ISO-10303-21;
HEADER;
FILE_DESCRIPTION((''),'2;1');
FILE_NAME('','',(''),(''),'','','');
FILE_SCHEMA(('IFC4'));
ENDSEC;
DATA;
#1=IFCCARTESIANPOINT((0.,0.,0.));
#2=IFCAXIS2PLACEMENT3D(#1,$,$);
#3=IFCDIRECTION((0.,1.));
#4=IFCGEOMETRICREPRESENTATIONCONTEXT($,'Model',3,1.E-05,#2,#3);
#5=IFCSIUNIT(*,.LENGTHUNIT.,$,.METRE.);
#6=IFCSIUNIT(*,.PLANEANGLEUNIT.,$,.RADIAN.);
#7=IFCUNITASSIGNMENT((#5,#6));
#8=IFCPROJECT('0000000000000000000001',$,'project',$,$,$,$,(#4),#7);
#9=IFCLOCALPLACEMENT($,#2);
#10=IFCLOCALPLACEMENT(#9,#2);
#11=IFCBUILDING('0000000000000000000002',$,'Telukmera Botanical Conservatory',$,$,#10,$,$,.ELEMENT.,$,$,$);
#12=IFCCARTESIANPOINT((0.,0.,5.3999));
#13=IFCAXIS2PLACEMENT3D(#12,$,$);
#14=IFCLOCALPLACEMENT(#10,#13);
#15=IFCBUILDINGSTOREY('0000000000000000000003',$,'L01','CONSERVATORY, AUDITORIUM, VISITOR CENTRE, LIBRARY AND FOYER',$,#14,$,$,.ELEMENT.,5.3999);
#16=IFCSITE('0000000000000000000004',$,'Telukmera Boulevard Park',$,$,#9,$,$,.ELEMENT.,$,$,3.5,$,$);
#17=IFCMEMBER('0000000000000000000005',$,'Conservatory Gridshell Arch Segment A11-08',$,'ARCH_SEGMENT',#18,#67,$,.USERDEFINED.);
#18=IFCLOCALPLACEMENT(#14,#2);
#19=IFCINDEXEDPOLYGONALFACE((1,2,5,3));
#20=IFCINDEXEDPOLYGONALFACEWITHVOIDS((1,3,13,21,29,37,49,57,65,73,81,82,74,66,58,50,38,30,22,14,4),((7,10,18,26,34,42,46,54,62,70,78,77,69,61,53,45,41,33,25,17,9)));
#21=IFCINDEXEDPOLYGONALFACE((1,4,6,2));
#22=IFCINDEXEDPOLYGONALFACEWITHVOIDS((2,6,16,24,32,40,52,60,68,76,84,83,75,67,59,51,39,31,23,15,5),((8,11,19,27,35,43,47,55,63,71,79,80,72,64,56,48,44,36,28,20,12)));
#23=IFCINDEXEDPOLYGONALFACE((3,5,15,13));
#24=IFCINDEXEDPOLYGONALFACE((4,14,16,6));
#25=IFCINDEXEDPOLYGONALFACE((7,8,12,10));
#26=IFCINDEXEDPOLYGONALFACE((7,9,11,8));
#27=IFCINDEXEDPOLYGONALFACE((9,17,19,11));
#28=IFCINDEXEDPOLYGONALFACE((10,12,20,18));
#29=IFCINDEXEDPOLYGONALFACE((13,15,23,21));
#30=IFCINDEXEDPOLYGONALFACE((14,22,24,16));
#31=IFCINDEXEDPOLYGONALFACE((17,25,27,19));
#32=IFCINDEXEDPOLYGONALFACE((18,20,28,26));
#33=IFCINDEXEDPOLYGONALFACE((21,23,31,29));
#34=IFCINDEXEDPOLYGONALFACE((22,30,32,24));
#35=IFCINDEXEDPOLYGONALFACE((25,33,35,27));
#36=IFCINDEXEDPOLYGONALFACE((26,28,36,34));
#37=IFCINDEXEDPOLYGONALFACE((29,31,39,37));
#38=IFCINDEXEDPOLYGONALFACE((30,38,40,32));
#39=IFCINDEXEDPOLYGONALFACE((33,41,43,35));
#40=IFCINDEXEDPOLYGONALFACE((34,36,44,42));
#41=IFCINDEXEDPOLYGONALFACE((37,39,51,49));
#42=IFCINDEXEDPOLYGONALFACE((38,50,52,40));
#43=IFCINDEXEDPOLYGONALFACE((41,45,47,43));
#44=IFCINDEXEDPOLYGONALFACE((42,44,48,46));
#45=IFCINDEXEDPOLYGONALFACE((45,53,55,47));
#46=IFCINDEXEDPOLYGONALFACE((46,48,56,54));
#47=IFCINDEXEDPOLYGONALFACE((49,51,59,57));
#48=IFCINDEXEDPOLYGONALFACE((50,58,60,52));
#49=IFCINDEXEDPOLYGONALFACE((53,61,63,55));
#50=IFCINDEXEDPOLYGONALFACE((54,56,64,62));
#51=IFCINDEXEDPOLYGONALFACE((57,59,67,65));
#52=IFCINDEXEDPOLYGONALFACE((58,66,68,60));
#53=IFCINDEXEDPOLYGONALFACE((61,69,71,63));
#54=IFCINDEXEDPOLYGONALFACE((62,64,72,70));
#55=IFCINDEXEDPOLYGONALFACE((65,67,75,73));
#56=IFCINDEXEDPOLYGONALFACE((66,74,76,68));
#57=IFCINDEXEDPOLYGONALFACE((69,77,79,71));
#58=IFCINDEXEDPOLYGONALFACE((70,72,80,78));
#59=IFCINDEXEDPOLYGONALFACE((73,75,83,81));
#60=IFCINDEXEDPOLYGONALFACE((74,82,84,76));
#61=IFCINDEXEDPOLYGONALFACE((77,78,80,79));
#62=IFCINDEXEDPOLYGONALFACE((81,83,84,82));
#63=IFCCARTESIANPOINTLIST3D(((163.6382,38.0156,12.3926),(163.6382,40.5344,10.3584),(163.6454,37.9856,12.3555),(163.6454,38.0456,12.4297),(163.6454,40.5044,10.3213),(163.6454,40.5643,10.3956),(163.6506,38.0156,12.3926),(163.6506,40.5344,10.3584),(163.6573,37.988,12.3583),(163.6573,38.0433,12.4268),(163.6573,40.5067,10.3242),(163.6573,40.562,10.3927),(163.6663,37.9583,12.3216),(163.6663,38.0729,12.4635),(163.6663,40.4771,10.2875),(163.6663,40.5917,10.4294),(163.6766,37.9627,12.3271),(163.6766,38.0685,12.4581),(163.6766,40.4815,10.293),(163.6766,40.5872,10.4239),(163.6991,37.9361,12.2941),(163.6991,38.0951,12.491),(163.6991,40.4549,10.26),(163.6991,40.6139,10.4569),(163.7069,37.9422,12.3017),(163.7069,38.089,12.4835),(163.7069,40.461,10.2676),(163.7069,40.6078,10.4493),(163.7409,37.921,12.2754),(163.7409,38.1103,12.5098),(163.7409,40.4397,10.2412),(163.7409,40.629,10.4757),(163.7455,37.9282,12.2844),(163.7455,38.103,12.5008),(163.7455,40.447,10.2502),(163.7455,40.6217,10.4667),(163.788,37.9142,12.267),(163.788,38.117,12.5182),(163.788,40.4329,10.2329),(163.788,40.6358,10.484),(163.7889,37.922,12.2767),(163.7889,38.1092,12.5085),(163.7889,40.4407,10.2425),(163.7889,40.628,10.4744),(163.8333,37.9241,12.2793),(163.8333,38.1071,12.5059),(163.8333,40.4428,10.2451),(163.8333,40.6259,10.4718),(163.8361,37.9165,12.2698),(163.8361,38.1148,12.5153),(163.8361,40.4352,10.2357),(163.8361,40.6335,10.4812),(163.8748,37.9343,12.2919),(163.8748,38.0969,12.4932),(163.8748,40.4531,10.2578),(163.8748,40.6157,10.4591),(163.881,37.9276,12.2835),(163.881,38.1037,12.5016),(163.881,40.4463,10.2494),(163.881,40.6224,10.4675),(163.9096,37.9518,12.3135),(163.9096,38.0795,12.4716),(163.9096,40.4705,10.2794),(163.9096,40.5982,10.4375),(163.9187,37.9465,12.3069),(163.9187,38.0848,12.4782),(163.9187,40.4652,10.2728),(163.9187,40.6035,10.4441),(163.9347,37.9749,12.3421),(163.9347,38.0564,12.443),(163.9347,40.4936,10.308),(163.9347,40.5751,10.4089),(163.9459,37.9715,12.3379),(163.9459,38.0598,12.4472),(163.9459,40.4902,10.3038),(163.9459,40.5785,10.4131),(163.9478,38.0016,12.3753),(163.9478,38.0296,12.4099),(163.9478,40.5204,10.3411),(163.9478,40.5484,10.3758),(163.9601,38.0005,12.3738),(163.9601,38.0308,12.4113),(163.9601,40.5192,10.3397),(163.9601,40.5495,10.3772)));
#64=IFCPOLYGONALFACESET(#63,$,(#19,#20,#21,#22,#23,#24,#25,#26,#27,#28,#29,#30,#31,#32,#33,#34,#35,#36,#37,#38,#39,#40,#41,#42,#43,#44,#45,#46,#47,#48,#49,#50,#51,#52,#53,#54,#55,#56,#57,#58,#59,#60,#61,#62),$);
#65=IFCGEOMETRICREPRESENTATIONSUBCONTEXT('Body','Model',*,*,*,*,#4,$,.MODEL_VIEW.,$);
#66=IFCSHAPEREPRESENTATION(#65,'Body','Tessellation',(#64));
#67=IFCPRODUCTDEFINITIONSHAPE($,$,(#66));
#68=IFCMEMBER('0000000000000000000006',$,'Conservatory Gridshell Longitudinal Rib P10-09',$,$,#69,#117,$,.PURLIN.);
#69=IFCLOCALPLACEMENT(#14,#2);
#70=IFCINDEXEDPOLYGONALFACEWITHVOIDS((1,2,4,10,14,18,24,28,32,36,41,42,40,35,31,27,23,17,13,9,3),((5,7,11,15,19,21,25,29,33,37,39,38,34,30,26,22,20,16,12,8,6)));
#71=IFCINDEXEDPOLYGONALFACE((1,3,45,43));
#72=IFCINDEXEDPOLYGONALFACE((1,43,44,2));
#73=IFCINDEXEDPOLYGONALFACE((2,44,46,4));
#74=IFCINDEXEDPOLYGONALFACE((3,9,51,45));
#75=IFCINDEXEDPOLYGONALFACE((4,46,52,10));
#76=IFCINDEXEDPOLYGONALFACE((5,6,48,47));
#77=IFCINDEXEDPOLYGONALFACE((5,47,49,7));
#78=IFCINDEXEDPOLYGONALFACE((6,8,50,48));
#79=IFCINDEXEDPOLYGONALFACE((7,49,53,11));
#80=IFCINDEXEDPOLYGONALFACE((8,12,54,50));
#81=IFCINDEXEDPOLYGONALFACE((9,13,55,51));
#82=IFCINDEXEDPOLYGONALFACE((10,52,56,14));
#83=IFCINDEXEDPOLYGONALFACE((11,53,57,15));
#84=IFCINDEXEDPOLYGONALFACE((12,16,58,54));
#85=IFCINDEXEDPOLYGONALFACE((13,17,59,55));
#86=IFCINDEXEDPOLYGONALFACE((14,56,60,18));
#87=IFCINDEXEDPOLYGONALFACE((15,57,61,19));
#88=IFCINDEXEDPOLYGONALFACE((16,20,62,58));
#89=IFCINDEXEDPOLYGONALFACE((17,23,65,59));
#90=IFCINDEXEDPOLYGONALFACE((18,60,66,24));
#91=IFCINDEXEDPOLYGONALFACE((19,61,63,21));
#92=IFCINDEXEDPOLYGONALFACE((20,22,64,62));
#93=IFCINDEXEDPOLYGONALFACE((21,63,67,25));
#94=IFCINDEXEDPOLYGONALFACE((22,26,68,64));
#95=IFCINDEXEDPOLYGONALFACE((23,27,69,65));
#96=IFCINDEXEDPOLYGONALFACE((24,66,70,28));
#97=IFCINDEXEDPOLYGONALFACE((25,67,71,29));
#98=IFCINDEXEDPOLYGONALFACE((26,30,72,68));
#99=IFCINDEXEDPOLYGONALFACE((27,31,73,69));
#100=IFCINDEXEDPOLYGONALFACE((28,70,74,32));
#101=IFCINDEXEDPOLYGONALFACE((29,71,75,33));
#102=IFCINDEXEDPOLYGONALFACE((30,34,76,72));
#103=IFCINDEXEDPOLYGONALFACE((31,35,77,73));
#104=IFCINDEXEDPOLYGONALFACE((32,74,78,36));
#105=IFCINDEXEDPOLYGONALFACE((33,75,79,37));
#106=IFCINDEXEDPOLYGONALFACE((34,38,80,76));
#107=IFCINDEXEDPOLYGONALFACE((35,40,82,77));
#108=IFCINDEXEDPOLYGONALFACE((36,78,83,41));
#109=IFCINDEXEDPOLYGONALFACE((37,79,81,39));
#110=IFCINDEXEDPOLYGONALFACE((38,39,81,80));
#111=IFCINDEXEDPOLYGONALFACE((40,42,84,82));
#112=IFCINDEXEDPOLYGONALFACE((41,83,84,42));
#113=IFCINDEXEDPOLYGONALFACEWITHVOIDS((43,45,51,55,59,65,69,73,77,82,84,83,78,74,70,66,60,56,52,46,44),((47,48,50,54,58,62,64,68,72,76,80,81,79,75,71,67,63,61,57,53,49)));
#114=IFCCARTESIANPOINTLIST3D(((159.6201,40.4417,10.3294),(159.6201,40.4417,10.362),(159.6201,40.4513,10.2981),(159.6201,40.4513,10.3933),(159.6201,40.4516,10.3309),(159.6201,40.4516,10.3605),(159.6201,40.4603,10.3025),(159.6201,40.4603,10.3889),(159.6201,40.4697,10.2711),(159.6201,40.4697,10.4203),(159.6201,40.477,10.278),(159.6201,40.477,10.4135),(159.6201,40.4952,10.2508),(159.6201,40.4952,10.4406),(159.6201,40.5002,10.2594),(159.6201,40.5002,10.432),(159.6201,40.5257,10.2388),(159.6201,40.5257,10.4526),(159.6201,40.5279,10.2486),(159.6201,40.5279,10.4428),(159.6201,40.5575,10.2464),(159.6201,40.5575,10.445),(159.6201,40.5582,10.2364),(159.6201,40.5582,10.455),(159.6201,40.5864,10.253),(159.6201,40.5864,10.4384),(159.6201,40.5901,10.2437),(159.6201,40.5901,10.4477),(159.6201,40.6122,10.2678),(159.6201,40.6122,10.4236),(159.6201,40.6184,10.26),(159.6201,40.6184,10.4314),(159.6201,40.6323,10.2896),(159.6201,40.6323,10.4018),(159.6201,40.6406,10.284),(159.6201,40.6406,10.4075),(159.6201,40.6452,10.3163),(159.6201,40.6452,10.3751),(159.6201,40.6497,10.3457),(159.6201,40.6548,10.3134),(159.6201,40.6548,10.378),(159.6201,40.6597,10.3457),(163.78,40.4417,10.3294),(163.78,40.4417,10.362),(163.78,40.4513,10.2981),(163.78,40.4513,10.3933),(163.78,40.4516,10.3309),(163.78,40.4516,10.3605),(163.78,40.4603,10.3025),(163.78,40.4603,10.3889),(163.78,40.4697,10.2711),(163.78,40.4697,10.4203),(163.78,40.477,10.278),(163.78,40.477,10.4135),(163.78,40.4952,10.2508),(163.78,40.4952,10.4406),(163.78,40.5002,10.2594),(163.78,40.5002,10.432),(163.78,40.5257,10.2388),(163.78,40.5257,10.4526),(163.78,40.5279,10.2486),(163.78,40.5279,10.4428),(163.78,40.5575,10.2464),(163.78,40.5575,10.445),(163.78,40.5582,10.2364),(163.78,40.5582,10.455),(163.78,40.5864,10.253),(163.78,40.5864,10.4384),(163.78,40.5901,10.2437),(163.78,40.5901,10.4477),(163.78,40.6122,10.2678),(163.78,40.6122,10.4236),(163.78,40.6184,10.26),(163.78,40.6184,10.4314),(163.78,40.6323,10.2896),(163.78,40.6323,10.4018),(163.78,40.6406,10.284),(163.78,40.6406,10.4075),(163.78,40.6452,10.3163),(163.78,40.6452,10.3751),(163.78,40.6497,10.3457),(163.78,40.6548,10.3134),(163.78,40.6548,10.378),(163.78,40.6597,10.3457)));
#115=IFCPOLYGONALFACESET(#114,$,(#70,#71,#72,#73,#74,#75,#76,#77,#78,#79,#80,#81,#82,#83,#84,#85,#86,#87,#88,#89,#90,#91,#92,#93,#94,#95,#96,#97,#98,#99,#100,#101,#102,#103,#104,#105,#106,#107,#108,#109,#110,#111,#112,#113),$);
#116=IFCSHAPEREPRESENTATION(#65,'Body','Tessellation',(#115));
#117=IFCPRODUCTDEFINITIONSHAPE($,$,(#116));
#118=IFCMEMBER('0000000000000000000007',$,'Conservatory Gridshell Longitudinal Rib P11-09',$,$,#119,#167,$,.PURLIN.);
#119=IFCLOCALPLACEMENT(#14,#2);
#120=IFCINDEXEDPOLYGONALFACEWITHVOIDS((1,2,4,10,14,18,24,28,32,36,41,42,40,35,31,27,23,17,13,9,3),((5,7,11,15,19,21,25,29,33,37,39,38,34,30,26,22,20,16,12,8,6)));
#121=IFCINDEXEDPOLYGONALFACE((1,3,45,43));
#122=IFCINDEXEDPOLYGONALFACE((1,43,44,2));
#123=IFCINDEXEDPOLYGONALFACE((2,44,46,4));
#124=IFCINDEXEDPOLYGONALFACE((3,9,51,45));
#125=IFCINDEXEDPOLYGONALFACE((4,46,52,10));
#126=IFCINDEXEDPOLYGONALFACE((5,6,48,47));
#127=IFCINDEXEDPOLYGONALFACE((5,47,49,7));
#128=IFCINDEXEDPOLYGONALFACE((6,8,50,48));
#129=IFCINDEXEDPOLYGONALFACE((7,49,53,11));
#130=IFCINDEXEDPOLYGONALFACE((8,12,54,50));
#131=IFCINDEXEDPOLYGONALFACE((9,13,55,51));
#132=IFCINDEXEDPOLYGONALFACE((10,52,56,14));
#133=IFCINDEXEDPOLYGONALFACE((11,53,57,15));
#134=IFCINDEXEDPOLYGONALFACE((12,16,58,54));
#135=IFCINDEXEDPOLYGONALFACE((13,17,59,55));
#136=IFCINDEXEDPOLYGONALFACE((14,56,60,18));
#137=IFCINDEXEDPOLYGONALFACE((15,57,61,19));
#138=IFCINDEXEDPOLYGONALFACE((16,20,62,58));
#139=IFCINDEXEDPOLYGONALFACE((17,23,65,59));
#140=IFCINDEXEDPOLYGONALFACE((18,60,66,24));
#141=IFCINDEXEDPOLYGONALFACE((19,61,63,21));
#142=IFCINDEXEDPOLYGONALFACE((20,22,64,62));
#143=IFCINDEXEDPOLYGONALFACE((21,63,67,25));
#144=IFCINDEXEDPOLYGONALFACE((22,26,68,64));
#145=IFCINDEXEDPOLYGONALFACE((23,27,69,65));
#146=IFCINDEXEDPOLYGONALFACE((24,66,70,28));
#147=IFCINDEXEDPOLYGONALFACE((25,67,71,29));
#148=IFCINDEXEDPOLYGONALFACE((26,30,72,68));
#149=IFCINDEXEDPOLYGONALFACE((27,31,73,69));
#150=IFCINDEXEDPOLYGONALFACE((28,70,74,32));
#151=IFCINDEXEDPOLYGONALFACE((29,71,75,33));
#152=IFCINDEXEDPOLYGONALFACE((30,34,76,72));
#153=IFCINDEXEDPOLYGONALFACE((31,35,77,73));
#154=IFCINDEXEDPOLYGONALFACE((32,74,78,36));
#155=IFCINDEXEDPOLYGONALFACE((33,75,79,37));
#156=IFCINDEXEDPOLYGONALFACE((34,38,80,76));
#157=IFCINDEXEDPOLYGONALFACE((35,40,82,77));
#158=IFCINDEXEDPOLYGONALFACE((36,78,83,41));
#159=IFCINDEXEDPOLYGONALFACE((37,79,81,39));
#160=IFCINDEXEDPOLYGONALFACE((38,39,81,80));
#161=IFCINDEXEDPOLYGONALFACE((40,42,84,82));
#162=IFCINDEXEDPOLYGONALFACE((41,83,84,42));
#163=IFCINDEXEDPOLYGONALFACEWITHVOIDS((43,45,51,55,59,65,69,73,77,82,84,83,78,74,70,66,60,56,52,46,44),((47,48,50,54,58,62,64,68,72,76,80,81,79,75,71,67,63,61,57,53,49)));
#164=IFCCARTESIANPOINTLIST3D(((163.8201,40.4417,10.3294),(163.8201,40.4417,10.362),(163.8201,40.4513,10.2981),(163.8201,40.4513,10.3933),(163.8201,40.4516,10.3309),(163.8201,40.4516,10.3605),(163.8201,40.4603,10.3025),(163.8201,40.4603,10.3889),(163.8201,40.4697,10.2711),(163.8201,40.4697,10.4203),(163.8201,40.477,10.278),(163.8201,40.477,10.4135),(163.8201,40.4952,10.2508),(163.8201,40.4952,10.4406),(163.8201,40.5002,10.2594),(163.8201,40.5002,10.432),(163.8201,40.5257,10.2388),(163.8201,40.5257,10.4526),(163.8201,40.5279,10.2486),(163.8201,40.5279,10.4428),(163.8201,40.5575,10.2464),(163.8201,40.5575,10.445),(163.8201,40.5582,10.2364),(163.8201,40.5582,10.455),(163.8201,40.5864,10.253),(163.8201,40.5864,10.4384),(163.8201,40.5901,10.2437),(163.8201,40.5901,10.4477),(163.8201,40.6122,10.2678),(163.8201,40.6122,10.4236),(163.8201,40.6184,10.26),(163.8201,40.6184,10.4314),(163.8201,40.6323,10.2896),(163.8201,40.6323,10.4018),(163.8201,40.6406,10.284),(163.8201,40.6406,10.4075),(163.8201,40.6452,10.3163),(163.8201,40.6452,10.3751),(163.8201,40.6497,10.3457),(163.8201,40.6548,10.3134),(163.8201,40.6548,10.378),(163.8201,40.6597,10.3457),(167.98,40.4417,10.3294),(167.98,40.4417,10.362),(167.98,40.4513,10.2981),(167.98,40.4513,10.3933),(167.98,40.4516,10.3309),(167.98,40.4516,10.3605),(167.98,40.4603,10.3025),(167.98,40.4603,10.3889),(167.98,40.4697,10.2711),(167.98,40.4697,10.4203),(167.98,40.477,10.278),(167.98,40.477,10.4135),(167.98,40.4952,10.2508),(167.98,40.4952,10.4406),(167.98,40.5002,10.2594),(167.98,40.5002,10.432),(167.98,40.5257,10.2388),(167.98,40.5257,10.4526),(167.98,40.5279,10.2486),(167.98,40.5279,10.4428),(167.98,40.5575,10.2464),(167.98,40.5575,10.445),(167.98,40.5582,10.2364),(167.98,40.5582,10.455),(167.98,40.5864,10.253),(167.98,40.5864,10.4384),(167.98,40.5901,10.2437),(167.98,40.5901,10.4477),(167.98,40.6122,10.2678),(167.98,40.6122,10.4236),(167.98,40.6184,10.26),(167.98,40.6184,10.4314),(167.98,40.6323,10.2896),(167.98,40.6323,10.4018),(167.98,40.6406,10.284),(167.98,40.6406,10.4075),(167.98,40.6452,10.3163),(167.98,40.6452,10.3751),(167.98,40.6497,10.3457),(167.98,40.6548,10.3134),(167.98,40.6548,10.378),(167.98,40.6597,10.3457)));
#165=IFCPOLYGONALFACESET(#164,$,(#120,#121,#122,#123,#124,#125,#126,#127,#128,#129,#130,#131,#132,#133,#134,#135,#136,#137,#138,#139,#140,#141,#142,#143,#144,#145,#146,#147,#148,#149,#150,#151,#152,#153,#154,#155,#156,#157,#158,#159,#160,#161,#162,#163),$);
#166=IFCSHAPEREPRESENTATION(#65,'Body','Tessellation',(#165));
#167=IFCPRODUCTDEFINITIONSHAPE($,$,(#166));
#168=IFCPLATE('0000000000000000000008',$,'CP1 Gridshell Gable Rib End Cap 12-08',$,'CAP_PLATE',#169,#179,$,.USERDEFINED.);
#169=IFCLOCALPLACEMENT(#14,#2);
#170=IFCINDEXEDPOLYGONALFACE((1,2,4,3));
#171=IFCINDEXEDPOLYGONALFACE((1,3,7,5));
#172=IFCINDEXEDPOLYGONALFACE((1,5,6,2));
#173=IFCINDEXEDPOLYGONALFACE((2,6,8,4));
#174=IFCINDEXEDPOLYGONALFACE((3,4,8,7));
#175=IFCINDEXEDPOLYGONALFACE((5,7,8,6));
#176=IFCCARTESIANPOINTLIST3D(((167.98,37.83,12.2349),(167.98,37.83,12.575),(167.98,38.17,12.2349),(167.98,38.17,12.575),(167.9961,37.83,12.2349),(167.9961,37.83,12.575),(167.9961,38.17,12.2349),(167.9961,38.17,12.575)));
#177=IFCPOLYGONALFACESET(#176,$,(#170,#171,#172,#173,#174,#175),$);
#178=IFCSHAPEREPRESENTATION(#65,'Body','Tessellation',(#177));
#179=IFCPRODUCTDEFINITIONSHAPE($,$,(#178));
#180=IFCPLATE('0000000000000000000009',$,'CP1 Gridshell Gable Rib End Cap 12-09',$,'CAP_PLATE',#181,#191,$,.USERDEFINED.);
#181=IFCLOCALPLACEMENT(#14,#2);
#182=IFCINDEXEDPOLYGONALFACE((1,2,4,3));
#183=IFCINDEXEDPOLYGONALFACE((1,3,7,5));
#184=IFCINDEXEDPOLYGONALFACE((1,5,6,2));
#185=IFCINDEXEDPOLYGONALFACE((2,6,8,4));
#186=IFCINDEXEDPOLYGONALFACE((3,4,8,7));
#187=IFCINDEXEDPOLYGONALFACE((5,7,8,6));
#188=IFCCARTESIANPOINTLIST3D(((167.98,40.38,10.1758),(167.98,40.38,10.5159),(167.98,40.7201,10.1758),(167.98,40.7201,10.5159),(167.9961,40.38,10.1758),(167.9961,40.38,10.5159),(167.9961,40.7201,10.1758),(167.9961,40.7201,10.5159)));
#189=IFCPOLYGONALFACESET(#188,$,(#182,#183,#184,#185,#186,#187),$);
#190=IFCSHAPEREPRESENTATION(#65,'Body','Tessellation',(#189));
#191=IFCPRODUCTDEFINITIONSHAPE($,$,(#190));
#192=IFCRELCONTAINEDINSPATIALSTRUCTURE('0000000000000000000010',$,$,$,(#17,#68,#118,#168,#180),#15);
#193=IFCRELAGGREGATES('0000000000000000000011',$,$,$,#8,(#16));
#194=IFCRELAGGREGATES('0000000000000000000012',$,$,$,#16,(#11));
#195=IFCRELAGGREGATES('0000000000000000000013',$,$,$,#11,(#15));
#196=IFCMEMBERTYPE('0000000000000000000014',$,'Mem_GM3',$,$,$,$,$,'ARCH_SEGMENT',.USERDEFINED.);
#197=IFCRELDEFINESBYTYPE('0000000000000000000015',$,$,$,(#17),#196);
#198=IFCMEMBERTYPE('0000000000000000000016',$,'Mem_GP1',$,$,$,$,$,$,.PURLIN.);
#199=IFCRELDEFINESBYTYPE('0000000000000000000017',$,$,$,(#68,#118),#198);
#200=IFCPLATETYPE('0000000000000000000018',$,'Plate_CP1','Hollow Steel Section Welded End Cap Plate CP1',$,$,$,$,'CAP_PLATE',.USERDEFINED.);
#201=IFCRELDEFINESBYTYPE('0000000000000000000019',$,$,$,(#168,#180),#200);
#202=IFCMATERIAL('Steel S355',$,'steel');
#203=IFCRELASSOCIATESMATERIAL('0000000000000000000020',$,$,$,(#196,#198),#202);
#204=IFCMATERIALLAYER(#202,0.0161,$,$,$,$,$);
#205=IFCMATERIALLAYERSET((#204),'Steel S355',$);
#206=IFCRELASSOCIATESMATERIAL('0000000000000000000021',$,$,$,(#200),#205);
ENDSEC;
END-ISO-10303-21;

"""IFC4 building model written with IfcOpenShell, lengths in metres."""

from ifc_helpers import new_model, si_unit, direction, frame, origin, origin_2d, place, context, subcontext, project, spatial, rectangle, hollow_circle, extrude, material, layer, layer_set, material_profile, profile_set, type_object, element, save


model = new_model("IFC4")

# Units and contexts
model_context = context("Model", 3, precision=1e-05, world=origin(), true_north=direction((0.0, 1.0)))
body_context = subcontext(model_context, "Body", "Model", "MODEL_VIEW")
ifc_project = project(units=[si_unit("LENGTHUNIT", "METRE"), si_unit("PLANEANGLEUNIT", "RADIAN")], contexts=[model_context])

# Site, building, storey
site_placement = place(None, origin())
site = spatial("IfcSite", under=ifc_project, at=site_placement, Name="Telukmera Boulevard Park", CompositionType="ELEMENT", RefElevation=3.5)
building_placement = place(site_placement, origin())
building = spatial("IfcBuilding", under=site, at=building_placement, Name="Telukmera Botanical Conservatory", CompositionType="ELEMENT")
storey_placement = place(building_placement, frame((0.0, 0.0, 5.3999)))
storey = spatial("IfcBuildingStorey", under=building, at=storey_placement, Name="L01", Description="CONSERVATORY, AUDITORIUM, VISITOR CENTRE, LIBRARY AND FOYER", CompositionType="ELEMENT", Elevation=5.3999)

# Shared definitions
ifc_material_1 = material(Name="Steel S355", Category="steel")

# Members
ifc_material_profile_1 = material_profile(ifc_material_1, hollow_circle(Radius=0.1619, WallThickness=0.0125, at=origin_2d()), Name="CHS 323.9x12.5")
ifc_profile_set_1 = profile_set([ifc_material_profile_1], Name="Steel S355")
member_type_1 = type_object("IfcMemberType", Name="Mem_GM3", ElementType="ARCH_SEGMENT", PredefinedType="USERDEFINED", material=ifc_profile_set_1)
member_1_placement = place(storey_placement, frame((163.8, 38.0156, 12.3926), z_axis=(0.0, 0.777977, -0.628293), x_axis=(-1.0, 0.0, 0.0)))
element("IfcMember", 1, at=member_1_placement, inside=storey, type_object=member_type_1, Name="Conservatory Gridshell Arch Segment A11-08", ObjectType="ARCH_SEGMENT", PredefinedType="USERDEFINED", context=body_context, shape_type="SweptSolid", body=[
    extrude(hollow_circle(Radius=0.1619, WallThickness=0.0125, at=origin_2d()), origin(), (0.0, 0.0, 1.0), 3.2375),
])
ifc_material_profile_2 = material_profile(ifc_material_1, hollow_circle(Radius=0.1096, WallThickness=0.01, at=origin_2d()), Name="CHS 219.1x10.0")
ifc_profile_set_2 = profile_set([ifc_material_profile_2], Name="Steel S355")
member_type_2 = type_object("IfcMemberType", Name="Mem_GP1", PredefinedType="PURLIN", material=ifc_profile_set_2)
for number, where, z_axis, x_axis, name in (
    (2, (159.6201, 40.55, 10.3457), (1.0, 0.0, 0.0), (0.0, 1.0, 0.0), "Conservatory Gridshell Longitudinal Rib P10-09"),
    (3, (163.8201, 40.55, 10.3457), (1.0, 0.0, 0.0), (0.0, 1.0, 0.0), "Conservatory Gridshell Longitudinal Rib P11-09"),
):
    element("IfcMember", number, at=place(storey_placement, frame(where, z_axis=z_axis, x_axis=x_axis)), inside=storey, type_object=member_type_2, Name=name, PredefinedType="PURLIN", context=body_context, shape_type="SweptSolid", body=[
        extrude(hollow_circle(Radius=0.1096, WallThickness=0.01, at=origin_2d()), origin(), (0.0, 0.0, 1.0), 4.1599),
    ])

# Plates
ifc_layer_1 = layer(ifc_material_1, 0.0161)
ifc_layer_set_1 = layer_set([ifc_layer_1], Name="Steel S355")
plate_type_1 = type_object("IfcPlateType", Name="Plate_CP1", Description="Hollow Steel Section Welded End Cap Plate CP1", ElementType="CAP_PLATE", PredefinedType="USERDEFINED", material=ifc_layer_set_1)
for number, where, z_axis, x_axis, name in (
    (4, (167.988, 38.0, 12.2349), (0.0, 0.0, 1.0), (1.0, 0.0, 0.0), "CP1 Gridshell Gable Rib End Cap 12-08"),
    (5, (167.988, 40.55, 10.1758), (0.0, 0.0, 1.0), (1.0, 0.0, 0.0), "CP1 Gridshell Gable Rib End Cap 12-09"),
):
    element("IfcPlate", number, at=place(storey_placement, frame(where, z_axis=z_axis, x_axis=x_axis)), inside=storey, type_object=plate_type_1, Name=name, ObjectType="CAP_PLATE", PredefinedType="USERDEFINED", context=body_context, shape_type="SweptSolid", body=[
        extrude(rectangle(XDim=0.0161, YDim=0.3401, at=origin_2d()), origin(), (0.0, 0.0, 1.0), 0.3401),
    ])

save(model, "model.ifc")
